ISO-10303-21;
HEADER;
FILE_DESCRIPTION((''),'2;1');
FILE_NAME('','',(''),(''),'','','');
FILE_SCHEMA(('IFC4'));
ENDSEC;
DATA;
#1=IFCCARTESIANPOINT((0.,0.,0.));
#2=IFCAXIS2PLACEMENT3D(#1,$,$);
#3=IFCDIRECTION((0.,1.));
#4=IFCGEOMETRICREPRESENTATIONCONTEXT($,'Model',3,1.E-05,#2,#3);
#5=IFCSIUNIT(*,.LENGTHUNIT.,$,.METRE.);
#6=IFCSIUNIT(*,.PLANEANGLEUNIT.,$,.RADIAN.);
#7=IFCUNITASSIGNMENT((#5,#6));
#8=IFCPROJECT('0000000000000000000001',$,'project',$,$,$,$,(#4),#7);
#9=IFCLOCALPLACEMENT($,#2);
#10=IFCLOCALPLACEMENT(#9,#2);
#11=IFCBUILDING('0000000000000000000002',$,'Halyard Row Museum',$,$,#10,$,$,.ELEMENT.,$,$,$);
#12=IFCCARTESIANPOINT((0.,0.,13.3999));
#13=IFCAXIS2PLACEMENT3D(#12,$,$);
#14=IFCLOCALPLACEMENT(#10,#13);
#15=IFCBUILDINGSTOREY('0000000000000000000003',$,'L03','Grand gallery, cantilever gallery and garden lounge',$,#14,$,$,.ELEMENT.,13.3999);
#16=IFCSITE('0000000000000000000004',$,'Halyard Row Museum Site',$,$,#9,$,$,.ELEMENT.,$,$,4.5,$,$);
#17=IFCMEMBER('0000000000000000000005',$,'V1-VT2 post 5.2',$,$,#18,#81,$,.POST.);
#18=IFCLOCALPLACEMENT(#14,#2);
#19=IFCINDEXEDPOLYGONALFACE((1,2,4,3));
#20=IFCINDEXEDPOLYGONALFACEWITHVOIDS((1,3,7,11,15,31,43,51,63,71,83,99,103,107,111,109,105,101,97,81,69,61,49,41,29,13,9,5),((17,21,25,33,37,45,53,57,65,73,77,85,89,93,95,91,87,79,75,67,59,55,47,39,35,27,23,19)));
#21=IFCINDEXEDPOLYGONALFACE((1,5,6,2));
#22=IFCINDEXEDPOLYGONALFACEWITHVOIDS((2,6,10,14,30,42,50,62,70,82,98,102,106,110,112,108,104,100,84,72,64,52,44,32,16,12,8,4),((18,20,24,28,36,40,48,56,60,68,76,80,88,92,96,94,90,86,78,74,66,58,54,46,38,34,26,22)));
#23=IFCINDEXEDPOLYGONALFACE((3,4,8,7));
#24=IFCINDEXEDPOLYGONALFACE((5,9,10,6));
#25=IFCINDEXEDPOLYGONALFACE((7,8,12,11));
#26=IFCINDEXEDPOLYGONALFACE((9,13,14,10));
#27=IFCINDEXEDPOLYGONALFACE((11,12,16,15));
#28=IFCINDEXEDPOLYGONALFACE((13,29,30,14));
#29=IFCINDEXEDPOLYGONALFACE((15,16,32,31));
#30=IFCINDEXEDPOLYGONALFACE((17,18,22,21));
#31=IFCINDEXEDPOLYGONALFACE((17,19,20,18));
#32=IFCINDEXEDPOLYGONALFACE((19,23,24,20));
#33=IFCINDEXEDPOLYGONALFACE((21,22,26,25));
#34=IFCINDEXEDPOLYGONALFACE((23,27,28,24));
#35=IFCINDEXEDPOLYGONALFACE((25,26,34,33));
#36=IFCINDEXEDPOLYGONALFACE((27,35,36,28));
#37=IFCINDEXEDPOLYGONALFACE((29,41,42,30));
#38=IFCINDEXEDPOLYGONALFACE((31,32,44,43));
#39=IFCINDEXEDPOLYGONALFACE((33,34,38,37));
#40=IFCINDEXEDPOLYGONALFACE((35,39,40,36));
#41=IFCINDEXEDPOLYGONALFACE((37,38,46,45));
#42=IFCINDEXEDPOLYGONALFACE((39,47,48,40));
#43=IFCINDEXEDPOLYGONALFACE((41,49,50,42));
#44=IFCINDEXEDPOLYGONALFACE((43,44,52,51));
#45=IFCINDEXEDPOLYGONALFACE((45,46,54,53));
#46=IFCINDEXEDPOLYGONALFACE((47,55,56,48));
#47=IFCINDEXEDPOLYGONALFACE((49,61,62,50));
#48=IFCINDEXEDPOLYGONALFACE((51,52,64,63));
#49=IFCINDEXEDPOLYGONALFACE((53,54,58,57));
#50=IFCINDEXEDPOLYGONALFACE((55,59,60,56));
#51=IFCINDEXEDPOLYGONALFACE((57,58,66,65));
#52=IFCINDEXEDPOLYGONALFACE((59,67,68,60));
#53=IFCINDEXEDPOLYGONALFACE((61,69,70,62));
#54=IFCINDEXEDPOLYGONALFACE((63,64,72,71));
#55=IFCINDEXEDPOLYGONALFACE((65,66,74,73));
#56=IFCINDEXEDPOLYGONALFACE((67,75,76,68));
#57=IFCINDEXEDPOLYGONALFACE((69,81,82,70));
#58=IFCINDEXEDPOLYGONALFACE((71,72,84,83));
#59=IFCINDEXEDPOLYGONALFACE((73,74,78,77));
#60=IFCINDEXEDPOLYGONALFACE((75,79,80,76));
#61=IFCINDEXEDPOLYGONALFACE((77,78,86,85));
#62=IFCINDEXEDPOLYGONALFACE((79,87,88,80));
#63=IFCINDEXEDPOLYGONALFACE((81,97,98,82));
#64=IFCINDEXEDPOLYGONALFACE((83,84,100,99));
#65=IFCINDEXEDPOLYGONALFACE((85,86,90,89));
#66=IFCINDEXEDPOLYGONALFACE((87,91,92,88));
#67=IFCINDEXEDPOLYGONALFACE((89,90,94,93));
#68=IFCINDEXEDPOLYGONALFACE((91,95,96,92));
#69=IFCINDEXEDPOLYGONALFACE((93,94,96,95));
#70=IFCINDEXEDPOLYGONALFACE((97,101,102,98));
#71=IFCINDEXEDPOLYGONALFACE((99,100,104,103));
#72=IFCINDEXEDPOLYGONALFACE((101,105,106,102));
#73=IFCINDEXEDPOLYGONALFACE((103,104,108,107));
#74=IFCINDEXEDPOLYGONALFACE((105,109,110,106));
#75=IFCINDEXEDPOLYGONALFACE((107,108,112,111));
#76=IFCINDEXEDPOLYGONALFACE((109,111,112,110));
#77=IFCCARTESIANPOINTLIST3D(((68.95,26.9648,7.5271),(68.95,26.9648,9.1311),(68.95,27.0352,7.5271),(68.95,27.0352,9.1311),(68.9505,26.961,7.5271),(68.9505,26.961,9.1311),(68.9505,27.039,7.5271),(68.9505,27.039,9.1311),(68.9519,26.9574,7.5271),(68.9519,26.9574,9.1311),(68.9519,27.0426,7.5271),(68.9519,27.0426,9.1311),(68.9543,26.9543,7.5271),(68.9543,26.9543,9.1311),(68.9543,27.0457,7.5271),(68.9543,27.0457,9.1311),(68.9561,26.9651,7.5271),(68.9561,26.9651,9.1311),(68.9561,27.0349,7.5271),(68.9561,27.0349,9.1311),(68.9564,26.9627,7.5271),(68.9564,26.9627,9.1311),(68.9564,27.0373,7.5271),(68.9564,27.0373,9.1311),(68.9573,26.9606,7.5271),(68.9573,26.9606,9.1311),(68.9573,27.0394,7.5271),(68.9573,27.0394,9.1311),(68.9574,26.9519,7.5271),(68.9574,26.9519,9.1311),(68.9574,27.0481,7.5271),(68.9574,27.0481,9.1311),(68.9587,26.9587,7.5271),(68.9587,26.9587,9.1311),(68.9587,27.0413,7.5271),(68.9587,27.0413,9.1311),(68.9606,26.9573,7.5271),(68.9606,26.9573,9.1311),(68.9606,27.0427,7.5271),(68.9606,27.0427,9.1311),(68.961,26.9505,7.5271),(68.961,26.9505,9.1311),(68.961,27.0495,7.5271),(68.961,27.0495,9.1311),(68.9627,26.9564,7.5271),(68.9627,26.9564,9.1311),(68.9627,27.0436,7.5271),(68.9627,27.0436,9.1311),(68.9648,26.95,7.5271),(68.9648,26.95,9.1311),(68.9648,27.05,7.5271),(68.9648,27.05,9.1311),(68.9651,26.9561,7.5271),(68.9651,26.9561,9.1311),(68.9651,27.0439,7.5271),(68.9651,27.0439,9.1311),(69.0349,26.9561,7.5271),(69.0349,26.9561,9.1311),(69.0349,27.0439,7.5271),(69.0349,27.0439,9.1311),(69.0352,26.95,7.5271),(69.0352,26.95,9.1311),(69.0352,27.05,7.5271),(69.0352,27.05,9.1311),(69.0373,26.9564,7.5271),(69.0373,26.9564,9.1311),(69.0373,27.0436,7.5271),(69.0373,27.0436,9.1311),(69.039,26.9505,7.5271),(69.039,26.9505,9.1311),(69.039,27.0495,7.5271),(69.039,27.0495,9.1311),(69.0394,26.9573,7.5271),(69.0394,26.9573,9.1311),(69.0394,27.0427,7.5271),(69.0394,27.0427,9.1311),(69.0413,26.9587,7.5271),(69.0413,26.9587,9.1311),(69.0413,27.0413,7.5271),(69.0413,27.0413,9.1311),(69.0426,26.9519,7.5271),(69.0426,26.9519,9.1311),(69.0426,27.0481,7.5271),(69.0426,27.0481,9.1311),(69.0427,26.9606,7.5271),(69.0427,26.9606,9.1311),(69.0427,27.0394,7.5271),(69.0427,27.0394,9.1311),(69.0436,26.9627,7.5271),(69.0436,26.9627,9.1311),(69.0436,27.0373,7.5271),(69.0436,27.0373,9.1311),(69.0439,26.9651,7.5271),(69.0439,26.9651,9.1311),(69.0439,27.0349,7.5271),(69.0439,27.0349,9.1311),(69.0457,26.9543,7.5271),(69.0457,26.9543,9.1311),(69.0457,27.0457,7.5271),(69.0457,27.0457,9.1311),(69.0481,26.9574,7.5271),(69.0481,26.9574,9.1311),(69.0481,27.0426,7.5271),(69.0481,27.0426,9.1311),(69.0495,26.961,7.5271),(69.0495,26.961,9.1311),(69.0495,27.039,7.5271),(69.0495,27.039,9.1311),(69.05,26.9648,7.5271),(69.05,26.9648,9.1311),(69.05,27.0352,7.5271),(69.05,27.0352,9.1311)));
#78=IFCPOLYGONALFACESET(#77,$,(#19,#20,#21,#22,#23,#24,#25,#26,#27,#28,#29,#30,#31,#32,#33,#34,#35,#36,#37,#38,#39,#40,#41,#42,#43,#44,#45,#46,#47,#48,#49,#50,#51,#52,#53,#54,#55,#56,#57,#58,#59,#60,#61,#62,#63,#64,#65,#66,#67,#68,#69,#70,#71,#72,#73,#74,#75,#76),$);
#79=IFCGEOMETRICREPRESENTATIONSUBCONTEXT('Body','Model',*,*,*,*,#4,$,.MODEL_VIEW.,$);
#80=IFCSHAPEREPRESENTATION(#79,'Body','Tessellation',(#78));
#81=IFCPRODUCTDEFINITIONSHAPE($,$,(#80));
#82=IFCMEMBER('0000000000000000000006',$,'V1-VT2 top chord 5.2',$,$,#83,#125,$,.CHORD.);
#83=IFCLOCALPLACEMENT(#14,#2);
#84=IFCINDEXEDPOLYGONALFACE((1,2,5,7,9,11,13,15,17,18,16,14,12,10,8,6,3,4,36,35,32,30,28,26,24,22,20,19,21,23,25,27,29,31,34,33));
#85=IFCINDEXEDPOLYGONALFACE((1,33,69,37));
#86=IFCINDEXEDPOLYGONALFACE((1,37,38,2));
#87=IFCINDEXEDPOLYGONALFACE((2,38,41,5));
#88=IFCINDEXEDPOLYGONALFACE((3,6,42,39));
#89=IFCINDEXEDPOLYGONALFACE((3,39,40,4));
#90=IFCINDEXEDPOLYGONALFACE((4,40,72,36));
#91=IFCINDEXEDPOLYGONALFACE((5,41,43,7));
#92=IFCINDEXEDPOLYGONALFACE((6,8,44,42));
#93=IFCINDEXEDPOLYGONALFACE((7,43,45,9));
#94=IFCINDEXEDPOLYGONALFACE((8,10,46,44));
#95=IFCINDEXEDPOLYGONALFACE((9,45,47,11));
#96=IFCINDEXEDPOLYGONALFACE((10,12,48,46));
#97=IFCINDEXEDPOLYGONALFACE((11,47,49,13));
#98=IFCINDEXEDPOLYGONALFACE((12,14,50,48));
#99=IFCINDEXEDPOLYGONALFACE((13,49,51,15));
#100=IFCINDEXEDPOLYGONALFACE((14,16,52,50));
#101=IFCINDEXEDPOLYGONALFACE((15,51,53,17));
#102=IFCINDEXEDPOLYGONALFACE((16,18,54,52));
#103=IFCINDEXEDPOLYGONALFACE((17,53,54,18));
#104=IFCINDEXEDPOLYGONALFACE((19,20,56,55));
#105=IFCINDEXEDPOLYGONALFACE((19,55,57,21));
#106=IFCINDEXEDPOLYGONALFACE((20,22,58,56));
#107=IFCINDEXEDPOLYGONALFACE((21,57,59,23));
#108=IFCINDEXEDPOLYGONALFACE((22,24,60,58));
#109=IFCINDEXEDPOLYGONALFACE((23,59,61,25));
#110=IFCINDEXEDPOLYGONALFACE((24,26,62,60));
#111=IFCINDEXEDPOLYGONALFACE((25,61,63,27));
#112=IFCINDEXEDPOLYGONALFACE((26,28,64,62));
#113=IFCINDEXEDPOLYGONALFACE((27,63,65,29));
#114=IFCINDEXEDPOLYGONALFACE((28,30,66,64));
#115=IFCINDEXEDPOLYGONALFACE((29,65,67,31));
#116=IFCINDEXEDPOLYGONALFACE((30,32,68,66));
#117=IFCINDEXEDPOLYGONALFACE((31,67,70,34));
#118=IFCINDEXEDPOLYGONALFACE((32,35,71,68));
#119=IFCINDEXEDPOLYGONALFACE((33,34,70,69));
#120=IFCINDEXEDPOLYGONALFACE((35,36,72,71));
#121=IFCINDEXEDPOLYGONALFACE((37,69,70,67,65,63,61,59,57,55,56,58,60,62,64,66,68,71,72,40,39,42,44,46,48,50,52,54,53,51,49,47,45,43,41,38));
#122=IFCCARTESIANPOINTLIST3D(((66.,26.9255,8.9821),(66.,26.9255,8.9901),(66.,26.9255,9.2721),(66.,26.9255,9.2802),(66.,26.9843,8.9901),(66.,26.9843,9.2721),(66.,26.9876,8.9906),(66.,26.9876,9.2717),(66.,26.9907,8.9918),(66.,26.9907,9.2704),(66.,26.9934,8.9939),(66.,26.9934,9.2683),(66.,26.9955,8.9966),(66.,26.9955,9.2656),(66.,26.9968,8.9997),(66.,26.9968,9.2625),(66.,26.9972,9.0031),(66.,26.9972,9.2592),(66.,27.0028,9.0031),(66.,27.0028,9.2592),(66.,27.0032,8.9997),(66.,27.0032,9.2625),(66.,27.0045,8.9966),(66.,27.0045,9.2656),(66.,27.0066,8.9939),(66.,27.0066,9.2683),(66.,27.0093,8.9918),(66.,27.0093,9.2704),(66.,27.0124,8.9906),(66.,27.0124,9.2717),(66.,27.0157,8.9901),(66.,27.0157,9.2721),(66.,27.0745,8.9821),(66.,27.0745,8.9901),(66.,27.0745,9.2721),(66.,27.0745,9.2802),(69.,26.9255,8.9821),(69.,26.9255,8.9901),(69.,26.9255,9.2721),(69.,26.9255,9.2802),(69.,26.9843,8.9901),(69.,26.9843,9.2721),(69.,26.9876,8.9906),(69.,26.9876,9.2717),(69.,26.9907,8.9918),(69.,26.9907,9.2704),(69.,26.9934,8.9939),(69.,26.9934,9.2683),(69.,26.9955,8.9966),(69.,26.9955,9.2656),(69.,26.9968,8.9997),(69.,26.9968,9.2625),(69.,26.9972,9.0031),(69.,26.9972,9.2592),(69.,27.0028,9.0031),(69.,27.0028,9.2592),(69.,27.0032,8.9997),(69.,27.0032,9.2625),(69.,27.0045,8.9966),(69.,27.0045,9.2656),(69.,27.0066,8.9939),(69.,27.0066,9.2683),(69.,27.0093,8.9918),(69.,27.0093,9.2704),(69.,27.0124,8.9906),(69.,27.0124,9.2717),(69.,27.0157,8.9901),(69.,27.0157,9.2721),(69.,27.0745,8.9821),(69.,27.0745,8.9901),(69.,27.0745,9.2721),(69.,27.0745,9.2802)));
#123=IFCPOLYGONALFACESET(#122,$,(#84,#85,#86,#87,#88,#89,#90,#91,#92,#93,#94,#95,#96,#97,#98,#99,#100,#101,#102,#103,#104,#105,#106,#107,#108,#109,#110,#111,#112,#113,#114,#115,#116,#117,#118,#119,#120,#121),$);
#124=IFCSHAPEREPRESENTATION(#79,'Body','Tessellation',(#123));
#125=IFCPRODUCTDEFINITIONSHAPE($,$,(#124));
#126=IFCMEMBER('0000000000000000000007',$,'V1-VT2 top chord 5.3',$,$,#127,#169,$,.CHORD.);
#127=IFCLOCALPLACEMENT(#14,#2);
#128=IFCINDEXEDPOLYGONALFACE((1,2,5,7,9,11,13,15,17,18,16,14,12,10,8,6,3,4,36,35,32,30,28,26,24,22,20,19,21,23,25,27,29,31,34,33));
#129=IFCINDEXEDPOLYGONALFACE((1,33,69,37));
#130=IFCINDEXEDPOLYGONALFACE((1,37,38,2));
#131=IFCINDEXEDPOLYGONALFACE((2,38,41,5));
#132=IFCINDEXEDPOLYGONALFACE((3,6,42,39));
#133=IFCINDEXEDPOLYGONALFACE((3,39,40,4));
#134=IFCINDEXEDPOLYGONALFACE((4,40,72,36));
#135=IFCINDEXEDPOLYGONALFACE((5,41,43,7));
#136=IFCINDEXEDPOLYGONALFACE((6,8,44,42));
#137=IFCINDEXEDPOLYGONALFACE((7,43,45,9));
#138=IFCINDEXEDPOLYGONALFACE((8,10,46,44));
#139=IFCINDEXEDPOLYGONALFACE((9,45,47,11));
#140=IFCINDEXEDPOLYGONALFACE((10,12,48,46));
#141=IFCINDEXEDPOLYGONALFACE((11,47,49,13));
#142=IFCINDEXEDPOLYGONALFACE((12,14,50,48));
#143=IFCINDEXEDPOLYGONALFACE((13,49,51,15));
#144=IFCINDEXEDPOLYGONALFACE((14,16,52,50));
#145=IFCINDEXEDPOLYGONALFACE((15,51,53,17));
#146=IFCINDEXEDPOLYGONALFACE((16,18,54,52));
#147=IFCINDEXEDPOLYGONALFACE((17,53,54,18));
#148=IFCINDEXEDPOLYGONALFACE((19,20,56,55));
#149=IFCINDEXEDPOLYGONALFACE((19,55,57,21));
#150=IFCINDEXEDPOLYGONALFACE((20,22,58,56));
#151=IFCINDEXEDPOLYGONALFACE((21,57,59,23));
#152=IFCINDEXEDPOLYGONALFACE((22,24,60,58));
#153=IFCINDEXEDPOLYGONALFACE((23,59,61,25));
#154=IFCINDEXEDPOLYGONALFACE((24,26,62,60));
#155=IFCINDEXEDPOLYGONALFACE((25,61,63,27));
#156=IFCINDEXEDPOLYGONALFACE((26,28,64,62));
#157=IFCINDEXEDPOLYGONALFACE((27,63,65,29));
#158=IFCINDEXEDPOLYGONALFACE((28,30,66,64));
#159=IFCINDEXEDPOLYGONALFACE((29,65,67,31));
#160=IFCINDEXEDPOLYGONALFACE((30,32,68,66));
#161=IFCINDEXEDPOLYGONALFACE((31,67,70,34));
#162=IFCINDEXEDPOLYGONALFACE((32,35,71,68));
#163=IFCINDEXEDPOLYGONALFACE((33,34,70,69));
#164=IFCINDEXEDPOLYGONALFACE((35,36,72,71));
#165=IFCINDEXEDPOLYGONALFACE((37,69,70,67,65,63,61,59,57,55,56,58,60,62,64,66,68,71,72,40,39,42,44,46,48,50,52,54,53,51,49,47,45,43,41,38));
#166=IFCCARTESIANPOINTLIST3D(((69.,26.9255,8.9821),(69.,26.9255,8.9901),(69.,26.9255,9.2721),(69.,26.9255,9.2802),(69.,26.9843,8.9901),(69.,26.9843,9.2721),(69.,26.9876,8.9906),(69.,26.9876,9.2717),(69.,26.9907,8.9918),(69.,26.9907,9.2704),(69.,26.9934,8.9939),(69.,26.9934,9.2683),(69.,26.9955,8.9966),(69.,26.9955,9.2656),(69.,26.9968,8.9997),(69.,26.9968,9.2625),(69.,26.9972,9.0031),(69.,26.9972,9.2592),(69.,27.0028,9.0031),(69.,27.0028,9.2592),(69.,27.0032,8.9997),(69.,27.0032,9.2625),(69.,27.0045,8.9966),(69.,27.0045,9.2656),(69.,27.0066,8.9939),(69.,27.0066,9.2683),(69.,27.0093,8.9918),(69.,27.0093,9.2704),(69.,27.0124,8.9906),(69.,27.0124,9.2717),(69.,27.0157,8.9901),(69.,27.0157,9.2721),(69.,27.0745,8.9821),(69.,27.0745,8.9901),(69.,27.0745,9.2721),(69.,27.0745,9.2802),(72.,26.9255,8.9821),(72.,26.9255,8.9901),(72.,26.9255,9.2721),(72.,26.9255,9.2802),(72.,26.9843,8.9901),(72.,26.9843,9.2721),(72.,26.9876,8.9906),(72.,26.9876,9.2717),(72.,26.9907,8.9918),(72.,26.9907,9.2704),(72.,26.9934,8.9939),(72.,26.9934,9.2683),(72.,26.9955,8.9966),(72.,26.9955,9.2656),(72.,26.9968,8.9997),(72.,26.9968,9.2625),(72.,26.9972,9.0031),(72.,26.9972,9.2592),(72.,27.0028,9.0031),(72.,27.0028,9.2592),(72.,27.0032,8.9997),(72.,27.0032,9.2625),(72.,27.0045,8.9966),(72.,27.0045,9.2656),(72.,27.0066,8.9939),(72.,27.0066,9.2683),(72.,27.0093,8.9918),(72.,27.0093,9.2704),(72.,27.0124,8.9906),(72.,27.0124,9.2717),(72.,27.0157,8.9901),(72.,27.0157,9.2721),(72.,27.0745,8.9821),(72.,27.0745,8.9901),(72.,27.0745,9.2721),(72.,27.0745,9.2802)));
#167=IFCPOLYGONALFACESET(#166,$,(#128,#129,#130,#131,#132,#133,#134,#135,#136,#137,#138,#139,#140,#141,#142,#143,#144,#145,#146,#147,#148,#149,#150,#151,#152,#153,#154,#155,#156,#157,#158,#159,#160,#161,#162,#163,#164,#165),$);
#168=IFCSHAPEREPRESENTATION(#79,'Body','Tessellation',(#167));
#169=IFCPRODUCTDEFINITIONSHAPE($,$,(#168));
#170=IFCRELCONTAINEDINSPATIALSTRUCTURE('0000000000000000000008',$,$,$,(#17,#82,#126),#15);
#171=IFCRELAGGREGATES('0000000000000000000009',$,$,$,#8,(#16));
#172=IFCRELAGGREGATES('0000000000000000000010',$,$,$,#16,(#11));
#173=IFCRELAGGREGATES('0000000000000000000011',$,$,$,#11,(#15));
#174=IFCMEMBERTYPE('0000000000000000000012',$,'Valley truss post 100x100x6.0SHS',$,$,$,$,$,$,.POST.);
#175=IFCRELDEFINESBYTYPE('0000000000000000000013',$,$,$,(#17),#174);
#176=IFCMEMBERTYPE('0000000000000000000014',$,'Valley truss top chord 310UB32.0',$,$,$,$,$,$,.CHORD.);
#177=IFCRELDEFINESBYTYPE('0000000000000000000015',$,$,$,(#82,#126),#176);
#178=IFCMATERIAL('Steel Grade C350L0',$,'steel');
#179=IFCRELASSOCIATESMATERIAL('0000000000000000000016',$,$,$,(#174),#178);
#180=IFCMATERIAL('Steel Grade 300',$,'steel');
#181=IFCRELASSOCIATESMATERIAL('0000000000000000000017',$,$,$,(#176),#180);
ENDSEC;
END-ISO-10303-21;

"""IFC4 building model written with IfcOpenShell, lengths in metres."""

from ifc_helpers import new_model, si_unit, direction, frame, origin, origin_2d, place, context, subcontext, project, spatial, hollow_rectangle, i_section, extrude, material, material_profile, profile_set, type_object, element, save


model = new_model("IFC4")

# Units and contexts
model_context = context("Model", 3, precision=1e-05, world=origin(), true_north=direction((0.0, 1.0)))
body_context = subcontext(model_context, "Body", "Model", "MODEL_VIEW")
ifc_project = project(units=[si_unit("LENGTHUNIT", "METRE"), si_unit("PLANEANGLEUNIT", "RADIAN")], contexts=[model_context])

# Site, building, storey
site_placement = place(None, origin())
site = spatial("IfcSite", under=ifc_project, at=site_placement, Name="Halyard Row Museum Site", CompositionType="ELEMENT", RefElevation=4.5)
building_placement = place(site_placement, origin())
building = spatial("IfcBuilding", under=site, at=building_placement, Name="Halyard Row Museum", CompositionType="ELEMENT")
storey_placement = place(building_placement, frame((0.0, 0.0, 13.3999)))
storey = spatial("IfcBuildingStorey", under=building, at=storey_placement, Name="L03", Description="Grand gallery, cantilever gallery and garden lounge", CompositionType="ELEMENT", Elevation=13.3999)

# Members
ifc_material_1 = material(Name="Steel Grade C350L0", Category="steel")
ifc_material_profile_1 = material_profile(ifc_material_1, hollow_rectangle(XDim=0.1001, YDim=0.1001, WallThickness=0.0061, InnerFilletRadius=0.009, OuterFilletRadius=0.0149, at=origin_2d()), Name="100x100x6.0SHS")
ifc_profile_set_1 = profile_set([ifc_material_profile_1], Name="Steel Grade C350L0")
member_type_1 = type_object("IfcMemberType", Name="Valley truss post 100x100x6.0SHS", PredefinedType="POST", material=ifc_profile_set_1)
for number, where, z_axis, x_axis, name in (
    (1, (69.0, 27.0, 7.5271), (0.0, 0.0, 1.0), (1.0, 0.0, 0.0), "V1-VT2 post 5.2"),
):
    element("IfcMember", number, at=place(storey_placement, frame(where, z_axis=z_axis, x_axis=x_axis)), inside=storey, type_object=member_type_1, Name=name, PredefinedType="POST", context=body_context, shape_type="SweptSolid", body=[
        extrude(hollow_rectangle(XDim=0.1001, YDim=0.1001, WallThickness=0.0061, InnerFilletRadius=0.009, OuterFilletRadius=0.0149, at=origin_2d()), origin(), (0.0, 0.0, 1.0), 1.604),
    ])
ifc_material_2 = material(Name="Steel Grade 300", Category="steel")
ifc_material_profile_2 = material_profile(ifc_material_2, i_section(OverallWidth=0.1489, OverallDepth=0.2981, WebThickness=0.0056, FlangeThickness=0.0081, FilletRadius=0.0129, at=origin_2d()), Name="310UB32.0")
ifc_profile_set_2 = profile_set([ifc_material_profile_2], Name="Steel Grade 300")
member_type_2 = type_object("IfcMemberType", Name="Valley truss top chord 310UB32.0", PredefinedType="CHORD", material=ifc_profile_set_2)
for number, where, z_axis, x_axis, name in (
    (2, (66.0, 27.0, 9.1311), (1.0, 0.0, 0.0), (0.0, 1.0, 0.0), "V1-VT2 top chord 5.2"),
    (3, (69.0, 27.0, 9.1311), (1.0, 0.0, 0.0), (0.0, 1.0, 0.0), "V1-VT2 top chord 5.3"),
):
    element("IfcMember", number, at=place(storey_placement, frame(where, z_axis=z_axis, x_axis=x_axis)), inside=storey, type_object=member_type_2, Name=name, PredefinedType="CHORD", context=body_context, shape_type="SweptSolid", body=[
        extrude(i_section(OverallWidth=0.1489, OverallDepth=0.2981, WebThickness=0.0056, FlangeThickness=0.0081, FilletRadius=0.0129, at=origin_2d()), origin(), (0.0, 0.0, 1.0), 3.0),
    ])

save(model, "model.ifc")
